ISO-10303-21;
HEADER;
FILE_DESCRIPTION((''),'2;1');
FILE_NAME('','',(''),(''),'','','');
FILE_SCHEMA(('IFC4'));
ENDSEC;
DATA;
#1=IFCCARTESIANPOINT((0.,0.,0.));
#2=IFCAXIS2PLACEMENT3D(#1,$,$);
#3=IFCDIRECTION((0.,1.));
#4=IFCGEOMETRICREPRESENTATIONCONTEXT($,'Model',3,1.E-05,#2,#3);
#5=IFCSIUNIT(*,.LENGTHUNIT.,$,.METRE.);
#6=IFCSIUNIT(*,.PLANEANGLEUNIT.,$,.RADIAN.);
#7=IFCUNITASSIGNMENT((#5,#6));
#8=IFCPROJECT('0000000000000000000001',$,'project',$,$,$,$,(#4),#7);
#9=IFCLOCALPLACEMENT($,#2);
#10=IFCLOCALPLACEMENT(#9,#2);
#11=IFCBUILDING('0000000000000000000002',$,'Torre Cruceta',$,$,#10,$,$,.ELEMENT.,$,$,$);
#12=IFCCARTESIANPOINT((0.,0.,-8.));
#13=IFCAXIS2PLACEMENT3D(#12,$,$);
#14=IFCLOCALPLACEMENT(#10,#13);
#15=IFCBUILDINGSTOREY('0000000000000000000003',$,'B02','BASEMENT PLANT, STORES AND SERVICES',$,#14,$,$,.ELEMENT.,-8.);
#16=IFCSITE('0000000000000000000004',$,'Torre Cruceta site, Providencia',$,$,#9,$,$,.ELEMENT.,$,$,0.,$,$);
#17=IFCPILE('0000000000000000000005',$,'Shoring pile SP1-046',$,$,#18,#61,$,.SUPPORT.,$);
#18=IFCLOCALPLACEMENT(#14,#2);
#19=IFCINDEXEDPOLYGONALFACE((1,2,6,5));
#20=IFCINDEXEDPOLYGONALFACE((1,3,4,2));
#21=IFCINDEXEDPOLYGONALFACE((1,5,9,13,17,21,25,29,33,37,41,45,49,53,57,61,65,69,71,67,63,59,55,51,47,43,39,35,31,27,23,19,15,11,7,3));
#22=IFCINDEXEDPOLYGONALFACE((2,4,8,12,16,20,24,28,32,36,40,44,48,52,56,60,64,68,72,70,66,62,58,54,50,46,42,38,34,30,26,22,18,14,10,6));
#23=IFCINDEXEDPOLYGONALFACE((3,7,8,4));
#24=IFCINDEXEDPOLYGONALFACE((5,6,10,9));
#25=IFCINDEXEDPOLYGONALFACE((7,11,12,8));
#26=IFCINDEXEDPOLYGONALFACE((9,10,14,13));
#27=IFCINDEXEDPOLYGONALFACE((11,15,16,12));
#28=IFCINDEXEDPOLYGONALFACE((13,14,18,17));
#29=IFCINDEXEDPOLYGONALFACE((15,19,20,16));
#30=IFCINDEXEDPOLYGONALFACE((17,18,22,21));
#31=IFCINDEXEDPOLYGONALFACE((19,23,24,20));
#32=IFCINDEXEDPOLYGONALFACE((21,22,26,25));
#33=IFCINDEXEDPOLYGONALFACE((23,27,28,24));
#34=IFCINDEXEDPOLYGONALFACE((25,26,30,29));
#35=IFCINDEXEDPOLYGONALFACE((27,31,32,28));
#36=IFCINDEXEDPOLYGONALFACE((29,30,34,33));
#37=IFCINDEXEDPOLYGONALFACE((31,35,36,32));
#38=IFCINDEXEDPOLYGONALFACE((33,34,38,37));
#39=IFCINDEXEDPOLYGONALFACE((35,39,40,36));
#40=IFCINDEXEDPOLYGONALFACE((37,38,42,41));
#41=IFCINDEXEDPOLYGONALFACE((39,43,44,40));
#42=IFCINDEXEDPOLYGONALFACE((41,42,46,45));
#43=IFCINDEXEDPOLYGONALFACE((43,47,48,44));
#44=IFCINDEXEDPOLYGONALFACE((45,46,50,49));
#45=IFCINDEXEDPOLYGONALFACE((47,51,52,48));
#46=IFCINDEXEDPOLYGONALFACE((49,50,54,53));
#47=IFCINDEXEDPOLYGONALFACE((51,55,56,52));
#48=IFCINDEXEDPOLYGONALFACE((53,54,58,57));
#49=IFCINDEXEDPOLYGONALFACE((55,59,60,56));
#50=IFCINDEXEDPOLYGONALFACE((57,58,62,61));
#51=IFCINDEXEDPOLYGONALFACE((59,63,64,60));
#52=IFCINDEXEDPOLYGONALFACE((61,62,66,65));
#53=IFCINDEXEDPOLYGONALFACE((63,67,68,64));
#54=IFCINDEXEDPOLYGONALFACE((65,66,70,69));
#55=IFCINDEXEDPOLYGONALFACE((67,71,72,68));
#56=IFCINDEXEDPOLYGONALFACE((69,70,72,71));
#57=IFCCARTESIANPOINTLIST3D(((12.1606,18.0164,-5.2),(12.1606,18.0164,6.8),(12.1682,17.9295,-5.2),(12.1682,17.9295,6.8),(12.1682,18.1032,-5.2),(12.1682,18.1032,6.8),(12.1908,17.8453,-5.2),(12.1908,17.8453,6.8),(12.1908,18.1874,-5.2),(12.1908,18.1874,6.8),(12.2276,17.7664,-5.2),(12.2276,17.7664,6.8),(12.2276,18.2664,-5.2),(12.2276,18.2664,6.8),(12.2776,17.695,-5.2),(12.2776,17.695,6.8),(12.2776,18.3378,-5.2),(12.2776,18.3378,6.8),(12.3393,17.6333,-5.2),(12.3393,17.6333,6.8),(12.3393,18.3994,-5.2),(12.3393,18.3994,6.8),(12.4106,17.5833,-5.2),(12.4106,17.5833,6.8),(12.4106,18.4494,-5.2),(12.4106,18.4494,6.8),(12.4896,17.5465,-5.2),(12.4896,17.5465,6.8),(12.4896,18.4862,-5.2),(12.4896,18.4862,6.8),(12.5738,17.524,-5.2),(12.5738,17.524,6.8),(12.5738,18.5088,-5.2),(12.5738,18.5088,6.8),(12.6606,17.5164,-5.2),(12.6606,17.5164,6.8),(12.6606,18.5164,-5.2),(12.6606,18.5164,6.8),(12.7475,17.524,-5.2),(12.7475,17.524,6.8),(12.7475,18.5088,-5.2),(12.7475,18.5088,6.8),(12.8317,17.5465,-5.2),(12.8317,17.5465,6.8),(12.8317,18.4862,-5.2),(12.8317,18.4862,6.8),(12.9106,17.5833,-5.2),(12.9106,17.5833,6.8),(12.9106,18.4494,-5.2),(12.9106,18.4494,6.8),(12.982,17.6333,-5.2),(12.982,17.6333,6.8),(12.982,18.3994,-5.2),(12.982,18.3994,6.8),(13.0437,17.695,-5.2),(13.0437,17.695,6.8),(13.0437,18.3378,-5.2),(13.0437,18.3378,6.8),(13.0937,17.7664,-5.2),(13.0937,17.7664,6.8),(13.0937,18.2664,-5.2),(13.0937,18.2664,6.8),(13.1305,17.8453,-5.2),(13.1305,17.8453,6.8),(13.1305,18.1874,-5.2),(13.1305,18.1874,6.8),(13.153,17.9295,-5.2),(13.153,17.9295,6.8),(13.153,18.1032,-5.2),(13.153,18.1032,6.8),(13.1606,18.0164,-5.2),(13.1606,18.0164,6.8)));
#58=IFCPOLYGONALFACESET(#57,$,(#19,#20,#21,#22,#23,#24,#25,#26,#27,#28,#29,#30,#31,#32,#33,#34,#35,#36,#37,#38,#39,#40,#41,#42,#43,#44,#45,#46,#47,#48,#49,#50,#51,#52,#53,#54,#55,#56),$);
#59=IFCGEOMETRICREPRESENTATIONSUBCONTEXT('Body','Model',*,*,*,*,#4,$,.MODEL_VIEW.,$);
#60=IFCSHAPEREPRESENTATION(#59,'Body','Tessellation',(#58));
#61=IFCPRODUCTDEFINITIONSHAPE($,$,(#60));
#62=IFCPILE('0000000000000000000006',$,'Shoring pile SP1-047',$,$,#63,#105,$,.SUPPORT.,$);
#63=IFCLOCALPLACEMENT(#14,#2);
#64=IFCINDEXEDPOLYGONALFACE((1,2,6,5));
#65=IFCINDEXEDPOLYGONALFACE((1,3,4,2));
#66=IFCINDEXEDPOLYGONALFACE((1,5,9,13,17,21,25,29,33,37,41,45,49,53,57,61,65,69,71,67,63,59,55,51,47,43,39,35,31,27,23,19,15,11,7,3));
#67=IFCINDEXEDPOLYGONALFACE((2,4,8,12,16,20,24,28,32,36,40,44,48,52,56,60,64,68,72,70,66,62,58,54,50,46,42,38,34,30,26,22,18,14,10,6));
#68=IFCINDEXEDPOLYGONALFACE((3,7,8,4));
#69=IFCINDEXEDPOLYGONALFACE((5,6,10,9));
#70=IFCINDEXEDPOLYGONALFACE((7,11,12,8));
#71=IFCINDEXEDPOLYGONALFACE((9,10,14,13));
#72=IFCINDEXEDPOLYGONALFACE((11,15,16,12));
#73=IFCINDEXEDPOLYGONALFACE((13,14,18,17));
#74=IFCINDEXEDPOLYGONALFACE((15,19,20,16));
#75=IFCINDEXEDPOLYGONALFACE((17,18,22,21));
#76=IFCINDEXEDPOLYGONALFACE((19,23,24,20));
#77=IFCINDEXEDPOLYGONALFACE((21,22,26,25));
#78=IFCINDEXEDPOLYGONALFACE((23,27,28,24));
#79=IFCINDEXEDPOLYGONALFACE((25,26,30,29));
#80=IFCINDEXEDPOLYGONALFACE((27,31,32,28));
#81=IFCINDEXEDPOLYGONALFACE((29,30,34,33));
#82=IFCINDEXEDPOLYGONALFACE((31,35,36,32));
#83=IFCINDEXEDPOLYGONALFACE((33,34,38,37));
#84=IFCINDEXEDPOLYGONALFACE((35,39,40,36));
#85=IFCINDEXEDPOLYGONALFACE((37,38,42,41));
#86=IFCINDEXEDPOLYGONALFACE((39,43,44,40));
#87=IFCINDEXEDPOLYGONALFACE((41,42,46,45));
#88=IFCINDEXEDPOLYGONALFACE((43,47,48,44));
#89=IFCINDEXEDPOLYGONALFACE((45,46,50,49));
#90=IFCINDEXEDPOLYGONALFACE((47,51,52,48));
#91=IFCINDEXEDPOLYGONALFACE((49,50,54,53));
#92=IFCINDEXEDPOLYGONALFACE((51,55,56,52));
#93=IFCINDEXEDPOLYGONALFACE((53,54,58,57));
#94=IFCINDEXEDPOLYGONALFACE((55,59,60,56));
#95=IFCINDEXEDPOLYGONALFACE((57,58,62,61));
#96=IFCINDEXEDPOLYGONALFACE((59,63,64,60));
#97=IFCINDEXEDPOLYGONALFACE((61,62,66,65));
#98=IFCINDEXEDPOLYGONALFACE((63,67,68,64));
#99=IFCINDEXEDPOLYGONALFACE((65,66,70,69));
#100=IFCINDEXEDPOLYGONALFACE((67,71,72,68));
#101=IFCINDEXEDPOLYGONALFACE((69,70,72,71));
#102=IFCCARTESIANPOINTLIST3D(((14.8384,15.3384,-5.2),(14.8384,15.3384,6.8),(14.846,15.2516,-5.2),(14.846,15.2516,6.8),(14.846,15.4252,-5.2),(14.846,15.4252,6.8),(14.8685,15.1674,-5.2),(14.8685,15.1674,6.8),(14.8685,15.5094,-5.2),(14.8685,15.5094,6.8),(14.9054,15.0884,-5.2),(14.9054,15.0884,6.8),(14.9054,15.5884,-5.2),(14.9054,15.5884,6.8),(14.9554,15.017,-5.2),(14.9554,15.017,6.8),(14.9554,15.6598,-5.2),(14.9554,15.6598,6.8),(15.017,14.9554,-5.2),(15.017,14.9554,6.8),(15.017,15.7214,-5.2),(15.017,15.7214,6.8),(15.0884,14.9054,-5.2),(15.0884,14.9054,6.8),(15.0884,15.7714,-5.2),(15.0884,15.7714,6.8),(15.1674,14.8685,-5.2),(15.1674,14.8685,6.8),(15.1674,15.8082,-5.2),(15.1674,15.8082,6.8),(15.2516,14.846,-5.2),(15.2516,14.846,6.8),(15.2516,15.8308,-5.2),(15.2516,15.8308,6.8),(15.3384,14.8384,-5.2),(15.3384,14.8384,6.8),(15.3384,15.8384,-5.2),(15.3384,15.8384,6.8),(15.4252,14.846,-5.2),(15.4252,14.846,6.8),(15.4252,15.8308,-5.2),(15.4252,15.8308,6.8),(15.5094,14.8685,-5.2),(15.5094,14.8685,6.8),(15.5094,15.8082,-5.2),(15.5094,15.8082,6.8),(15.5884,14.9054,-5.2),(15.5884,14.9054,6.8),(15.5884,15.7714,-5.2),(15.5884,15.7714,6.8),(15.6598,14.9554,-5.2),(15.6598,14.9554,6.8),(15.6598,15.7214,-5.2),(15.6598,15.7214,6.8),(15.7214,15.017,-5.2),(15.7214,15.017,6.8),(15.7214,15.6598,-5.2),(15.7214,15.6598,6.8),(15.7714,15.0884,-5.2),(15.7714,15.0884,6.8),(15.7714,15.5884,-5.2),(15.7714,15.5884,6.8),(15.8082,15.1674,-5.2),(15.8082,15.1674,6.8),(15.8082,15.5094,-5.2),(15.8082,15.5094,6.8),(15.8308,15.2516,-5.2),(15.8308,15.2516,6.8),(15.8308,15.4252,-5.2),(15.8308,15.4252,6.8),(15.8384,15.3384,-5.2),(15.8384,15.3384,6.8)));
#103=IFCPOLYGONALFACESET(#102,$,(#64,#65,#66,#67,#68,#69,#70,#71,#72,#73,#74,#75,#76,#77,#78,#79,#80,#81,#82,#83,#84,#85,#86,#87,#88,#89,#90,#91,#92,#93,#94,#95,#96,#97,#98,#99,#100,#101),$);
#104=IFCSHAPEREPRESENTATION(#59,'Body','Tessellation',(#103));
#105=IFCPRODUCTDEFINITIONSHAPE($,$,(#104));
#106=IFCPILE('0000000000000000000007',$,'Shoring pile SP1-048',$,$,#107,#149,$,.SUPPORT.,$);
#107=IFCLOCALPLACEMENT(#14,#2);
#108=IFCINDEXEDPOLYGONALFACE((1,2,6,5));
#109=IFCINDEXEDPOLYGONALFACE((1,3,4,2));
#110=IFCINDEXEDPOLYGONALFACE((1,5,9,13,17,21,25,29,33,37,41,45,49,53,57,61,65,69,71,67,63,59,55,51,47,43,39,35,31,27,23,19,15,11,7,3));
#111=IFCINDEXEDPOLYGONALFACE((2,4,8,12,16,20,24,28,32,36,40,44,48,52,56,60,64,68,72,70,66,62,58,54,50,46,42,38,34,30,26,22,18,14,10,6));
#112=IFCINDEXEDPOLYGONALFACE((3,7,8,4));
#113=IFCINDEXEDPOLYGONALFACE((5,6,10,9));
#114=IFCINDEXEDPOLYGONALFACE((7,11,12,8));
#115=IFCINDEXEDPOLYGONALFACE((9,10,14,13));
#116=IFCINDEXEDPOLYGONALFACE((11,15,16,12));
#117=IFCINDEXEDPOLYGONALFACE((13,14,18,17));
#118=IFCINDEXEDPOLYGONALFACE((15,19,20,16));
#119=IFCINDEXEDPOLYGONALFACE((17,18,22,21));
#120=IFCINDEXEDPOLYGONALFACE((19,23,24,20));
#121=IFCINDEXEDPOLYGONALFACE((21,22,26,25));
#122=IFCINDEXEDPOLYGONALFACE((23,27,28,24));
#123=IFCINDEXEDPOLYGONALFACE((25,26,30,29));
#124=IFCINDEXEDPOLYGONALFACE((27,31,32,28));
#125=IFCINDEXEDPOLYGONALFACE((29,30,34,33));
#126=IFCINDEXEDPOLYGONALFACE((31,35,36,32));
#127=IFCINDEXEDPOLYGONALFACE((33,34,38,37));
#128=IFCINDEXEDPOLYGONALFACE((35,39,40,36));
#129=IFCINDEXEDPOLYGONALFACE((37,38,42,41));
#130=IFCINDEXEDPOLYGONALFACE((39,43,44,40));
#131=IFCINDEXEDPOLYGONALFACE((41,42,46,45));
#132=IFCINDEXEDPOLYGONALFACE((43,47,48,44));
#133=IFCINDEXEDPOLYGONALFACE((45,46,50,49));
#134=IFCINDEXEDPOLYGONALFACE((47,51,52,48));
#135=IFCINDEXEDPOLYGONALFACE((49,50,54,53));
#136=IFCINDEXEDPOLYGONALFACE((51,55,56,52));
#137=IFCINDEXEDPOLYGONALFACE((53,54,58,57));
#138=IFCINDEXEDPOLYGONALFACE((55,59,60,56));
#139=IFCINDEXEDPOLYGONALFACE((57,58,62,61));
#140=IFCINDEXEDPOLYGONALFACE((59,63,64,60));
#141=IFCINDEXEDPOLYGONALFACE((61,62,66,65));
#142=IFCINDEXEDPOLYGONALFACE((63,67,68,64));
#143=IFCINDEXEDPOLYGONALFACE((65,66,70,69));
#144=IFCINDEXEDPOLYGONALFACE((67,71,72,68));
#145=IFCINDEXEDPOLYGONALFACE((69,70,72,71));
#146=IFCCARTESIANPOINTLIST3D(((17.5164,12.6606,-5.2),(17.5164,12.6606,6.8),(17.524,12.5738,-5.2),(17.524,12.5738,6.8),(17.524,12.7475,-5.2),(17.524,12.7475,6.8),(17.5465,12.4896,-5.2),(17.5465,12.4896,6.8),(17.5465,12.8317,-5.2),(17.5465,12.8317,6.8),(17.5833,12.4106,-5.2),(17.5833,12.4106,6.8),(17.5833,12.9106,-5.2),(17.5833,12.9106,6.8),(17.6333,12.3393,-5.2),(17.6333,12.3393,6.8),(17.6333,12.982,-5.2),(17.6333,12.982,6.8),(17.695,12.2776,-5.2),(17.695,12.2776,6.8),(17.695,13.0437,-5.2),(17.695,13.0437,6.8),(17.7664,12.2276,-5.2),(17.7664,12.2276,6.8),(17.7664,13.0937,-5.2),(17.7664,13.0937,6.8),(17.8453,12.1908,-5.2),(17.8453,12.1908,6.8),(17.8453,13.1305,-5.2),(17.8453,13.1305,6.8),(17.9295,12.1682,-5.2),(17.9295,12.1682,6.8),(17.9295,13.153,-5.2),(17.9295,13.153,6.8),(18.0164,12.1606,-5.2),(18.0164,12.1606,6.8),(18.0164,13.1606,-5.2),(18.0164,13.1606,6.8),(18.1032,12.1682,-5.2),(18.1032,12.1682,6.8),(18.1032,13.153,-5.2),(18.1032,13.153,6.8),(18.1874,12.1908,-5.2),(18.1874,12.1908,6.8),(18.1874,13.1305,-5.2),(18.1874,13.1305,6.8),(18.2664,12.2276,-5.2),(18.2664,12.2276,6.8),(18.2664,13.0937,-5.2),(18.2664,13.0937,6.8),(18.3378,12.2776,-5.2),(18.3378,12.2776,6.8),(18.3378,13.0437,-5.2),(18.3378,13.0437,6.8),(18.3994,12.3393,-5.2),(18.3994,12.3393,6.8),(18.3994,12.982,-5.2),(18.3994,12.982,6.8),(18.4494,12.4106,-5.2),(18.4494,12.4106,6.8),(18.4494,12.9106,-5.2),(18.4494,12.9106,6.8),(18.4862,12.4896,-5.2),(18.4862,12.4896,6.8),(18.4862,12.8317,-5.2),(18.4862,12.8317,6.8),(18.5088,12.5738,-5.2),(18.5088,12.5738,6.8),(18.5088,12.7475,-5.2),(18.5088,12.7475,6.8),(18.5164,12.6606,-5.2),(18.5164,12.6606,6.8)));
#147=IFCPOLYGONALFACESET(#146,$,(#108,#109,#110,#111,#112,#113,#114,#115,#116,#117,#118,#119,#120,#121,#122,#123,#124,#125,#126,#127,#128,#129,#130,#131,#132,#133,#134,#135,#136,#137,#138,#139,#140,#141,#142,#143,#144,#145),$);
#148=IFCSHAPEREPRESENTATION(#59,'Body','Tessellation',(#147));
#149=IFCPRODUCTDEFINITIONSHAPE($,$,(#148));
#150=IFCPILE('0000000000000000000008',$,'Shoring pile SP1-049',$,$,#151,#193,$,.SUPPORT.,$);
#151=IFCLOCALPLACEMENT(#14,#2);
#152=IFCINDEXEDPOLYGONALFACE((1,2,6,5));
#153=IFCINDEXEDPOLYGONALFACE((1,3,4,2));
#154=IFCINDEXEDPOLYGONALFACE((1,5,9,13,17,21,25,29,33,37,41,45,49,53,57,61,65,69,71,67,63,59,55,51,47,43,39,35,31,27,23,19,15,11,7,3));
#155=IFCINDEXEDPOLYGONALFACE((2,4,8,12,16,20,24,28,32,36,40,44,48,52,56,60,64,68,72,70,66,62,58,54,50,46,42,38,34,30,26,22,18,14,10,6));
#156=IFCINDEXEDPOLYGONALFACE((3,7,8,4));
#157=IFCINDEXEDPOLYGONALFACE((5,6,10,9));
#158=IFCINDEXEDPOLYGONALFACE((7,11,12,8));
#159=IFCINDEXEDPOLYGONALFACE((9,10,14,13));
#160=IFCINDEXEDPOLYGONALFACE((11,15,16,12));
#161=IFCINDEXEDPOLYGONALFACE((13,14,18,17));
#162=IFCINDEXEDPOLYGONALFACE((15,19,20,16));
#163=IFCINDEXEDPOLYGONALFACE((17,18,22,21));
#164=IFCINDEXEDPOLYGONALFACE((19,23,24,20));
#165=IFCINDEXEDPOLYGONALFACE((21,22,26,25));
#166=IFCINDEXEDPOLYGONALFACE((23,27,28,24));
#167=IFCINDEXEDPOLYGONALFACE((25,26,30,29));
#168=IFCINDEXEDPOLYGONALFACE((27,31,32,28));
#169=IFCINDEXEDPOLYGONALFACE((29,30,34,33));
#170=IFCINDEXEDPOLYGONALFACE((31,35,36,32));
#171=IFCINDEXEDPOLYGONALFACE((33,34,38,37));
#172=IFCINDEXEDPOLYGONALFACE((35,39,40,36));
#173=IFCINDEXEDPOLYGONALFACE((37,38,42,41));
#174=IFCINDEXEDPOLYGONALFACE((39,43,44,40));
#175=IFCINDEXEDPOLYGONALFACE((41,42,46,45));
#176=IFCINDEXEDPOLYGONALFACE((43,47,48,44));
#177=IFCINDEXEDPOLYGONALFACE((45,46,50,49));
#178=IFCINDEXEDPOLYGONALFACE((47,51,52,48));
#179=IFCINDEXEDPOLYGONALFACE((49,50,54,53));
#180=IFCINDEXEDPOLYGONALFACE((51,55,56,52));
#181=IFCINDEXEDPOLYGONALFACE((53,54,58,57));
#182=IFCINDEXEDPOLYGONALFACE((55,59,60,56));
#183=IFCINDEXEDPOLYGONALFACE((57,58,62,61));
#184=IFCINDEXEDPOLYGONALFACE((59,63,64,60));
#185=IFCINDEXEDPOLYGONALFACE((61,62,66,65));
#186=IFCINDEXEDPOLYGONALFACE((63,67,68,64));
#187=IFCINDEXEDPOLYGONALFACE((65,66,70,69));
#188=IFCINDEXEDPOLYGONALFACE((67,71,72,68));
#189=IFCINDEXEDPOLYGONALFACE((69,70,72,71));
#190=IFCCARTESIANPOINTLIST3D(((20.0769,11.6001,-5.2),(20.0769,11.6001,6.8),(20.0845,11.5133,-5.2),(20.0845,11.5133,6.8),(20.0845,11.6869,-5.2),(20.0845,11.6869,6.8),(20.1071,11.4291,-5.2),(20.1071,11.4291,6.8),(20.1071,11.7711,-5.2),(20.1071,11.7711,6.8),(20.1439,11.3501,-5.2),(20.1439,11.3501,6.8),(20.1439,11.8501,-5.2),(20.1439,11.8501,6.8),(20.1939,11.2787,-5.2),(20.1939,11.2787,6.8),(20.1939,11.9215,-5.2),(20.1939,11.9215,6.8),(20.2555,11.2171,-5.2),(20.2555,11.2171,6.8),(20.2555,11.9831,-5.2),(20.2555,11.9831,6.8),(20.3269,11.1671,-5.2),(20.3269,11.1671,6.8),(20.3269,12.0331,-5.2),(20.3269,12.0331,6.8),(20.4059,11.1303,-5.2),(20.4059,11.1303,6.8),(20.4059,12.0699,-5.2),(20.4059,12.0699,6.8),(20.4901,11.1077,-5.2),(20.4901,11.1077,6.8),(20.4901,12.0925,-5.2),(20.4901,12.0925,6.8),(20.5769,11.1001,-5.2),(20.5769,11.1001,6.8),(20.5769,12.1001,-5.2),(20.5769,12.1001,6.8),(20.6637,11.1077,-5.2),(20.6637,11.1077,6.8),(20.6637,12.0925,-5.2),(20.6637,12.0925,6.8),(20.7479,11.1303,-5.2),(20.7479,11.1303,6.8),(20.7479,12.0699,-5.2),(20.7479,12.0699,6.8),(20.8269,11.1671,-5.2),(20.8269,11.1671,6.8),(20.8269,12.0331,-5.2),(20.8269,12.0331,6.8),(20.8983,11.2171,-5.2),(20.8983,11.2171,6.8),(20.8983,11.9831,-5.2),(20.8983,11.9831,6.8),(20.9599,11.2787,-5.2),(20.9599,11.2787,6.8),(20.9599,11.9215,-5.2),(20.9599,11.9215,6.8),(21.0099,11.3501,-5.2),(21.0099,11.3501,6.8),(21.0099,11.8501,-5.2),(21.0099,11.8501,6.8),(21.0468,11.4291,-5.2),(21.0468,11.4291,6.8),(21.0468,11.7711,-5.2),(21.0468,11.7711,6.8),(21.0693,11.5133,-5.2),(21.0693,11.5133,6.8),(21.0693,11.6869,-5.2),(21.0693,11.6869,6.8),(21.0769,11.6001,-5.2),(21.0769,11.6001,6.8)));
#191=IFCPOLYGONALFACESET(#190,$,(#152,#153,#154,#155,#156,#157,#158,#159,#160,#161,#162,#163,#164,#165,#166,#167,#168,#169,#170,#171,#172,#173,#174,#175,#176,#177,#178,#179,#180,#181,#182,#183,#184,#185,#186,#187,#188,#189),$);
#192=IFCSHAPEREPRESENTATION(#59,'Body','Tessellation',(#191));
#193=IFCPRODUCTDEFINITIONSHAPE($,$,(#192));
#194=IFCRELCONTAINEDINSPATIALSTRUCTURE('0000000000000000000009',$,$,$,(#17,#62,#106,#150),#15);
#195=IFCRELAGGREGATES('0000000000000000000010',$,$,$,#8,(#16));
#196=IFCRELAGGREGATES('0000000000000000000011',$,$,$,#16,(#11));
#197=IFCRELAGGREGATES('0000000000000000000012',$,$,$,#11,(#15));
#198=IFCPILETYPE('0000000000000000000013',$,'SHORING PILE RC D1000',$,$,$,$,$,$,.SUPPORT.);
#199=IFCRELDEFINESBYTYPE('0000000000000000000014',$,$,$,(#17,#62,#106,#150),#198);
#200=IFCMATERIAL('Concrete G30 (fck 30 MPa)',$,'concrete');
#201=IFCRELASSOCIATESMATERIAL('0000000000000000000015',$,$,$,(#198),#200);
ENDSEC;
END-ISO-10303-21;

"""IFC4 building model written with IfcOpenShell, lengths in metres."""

from ifc_helpers import new_model, si_unit, direction, frame, origin, origin_2d, place, context, subcontext, project, spatial, circle, extrude, material, material_profile, profile_set, type_object, element, save


model = new_model("IFC4")

# Units and contexts
model_context = context("Model", 3, precision=1e-05, world=origin(), true_north=direction((0.0, 1.0)))
body_context = subcontext(model_context, "Body", "Model", "MODEL_VIEW")
ifc_project = project(units=[si_unit("LENGTHUNIT", "METRE"), si_unit("PLANEANGLEUNIT", "RADIAN")], contexts=[model_context])

# Site, building, storey
site_placement = place(None, origin())
site = spatial("IfcSite", under=ifc_project, at=site_placement, Name="Torre Cruceta site, Providencia", CompositionType="ELEMENT", RefElevation=0.0)
building_placement = place(site_placement, origin())
building = spatial("IfcBuilding", under=site, at=building_placement, Name="Torre Cruceta", CompositionType="ELEMENT")
storey_placement = place(building_placement, frame((0.0, 0.0, -8.0)))
storey = spatial("IfcBuildingStorey", under=building, at=storey_placement, Name="B02", Description="BASEMENT PLANT, STORES AND SERVICES", CompositionType="ELEMENT", Elevation=-8.0)

# Piles
ifc_material_1 = material(Name="Concrete G30 (fck 30 MPa)", Category="concrete")
ifc_material_profile_1 = material_profile(ifc_material_1, circle(Radius=0.5, at=origin_2d()), Name="RC D1000")
ifc_profile_set_1 = profile_set([ifc_material_profile_1], Name="Concrete G30 (fck 30 MPa)")
pile_type_1 = type_object("IfcPileType", Name="SHORING PILE RC D1000", PredefinedType="SUPPORT", material=ifc_profile_set_1)
for number, where, z_axis, x_axis, name in (
    (1, (12.6606, 18.0164, 6.8), (0.0, 0.0, -1.0), (1.0, 0.0, 0.0), "Shoring pile SP1-046"),
    (2, (15.3384, 15.3384, 6.8), (0.0, 0.0, -1.0), (1.0, 0.0, 0.0), "Shoring pile SP1-047"),
    (3, (18.0164, 12.6606, 6.8), (0.0, 0.0, -1.0), (1.0, 0.0, 0.0), "Shoring pile SP1-048"),
    (4, (20.5769, 11.6001, 6.8), (0.0, 0.0, -1.0), (1.0, 0.0, 0.0), "Shoring pile SP1-049"),
):
    element("IfcPile", number, at=place(storey_placement, frame(where, z_axis=z_axis, x_axis=x_axis)), inside=storey, type_object=pile_type_1, Name=name, PredefinedType="SUPPORT", context=body_context, shape_type="SweptSolid", body=[
        extrude(circle(Radius=0.5, at=origin_2d()), origin(), (0.0, 0.0, 1.0), 12.0),
    ])

save(model, "model.ifc")
